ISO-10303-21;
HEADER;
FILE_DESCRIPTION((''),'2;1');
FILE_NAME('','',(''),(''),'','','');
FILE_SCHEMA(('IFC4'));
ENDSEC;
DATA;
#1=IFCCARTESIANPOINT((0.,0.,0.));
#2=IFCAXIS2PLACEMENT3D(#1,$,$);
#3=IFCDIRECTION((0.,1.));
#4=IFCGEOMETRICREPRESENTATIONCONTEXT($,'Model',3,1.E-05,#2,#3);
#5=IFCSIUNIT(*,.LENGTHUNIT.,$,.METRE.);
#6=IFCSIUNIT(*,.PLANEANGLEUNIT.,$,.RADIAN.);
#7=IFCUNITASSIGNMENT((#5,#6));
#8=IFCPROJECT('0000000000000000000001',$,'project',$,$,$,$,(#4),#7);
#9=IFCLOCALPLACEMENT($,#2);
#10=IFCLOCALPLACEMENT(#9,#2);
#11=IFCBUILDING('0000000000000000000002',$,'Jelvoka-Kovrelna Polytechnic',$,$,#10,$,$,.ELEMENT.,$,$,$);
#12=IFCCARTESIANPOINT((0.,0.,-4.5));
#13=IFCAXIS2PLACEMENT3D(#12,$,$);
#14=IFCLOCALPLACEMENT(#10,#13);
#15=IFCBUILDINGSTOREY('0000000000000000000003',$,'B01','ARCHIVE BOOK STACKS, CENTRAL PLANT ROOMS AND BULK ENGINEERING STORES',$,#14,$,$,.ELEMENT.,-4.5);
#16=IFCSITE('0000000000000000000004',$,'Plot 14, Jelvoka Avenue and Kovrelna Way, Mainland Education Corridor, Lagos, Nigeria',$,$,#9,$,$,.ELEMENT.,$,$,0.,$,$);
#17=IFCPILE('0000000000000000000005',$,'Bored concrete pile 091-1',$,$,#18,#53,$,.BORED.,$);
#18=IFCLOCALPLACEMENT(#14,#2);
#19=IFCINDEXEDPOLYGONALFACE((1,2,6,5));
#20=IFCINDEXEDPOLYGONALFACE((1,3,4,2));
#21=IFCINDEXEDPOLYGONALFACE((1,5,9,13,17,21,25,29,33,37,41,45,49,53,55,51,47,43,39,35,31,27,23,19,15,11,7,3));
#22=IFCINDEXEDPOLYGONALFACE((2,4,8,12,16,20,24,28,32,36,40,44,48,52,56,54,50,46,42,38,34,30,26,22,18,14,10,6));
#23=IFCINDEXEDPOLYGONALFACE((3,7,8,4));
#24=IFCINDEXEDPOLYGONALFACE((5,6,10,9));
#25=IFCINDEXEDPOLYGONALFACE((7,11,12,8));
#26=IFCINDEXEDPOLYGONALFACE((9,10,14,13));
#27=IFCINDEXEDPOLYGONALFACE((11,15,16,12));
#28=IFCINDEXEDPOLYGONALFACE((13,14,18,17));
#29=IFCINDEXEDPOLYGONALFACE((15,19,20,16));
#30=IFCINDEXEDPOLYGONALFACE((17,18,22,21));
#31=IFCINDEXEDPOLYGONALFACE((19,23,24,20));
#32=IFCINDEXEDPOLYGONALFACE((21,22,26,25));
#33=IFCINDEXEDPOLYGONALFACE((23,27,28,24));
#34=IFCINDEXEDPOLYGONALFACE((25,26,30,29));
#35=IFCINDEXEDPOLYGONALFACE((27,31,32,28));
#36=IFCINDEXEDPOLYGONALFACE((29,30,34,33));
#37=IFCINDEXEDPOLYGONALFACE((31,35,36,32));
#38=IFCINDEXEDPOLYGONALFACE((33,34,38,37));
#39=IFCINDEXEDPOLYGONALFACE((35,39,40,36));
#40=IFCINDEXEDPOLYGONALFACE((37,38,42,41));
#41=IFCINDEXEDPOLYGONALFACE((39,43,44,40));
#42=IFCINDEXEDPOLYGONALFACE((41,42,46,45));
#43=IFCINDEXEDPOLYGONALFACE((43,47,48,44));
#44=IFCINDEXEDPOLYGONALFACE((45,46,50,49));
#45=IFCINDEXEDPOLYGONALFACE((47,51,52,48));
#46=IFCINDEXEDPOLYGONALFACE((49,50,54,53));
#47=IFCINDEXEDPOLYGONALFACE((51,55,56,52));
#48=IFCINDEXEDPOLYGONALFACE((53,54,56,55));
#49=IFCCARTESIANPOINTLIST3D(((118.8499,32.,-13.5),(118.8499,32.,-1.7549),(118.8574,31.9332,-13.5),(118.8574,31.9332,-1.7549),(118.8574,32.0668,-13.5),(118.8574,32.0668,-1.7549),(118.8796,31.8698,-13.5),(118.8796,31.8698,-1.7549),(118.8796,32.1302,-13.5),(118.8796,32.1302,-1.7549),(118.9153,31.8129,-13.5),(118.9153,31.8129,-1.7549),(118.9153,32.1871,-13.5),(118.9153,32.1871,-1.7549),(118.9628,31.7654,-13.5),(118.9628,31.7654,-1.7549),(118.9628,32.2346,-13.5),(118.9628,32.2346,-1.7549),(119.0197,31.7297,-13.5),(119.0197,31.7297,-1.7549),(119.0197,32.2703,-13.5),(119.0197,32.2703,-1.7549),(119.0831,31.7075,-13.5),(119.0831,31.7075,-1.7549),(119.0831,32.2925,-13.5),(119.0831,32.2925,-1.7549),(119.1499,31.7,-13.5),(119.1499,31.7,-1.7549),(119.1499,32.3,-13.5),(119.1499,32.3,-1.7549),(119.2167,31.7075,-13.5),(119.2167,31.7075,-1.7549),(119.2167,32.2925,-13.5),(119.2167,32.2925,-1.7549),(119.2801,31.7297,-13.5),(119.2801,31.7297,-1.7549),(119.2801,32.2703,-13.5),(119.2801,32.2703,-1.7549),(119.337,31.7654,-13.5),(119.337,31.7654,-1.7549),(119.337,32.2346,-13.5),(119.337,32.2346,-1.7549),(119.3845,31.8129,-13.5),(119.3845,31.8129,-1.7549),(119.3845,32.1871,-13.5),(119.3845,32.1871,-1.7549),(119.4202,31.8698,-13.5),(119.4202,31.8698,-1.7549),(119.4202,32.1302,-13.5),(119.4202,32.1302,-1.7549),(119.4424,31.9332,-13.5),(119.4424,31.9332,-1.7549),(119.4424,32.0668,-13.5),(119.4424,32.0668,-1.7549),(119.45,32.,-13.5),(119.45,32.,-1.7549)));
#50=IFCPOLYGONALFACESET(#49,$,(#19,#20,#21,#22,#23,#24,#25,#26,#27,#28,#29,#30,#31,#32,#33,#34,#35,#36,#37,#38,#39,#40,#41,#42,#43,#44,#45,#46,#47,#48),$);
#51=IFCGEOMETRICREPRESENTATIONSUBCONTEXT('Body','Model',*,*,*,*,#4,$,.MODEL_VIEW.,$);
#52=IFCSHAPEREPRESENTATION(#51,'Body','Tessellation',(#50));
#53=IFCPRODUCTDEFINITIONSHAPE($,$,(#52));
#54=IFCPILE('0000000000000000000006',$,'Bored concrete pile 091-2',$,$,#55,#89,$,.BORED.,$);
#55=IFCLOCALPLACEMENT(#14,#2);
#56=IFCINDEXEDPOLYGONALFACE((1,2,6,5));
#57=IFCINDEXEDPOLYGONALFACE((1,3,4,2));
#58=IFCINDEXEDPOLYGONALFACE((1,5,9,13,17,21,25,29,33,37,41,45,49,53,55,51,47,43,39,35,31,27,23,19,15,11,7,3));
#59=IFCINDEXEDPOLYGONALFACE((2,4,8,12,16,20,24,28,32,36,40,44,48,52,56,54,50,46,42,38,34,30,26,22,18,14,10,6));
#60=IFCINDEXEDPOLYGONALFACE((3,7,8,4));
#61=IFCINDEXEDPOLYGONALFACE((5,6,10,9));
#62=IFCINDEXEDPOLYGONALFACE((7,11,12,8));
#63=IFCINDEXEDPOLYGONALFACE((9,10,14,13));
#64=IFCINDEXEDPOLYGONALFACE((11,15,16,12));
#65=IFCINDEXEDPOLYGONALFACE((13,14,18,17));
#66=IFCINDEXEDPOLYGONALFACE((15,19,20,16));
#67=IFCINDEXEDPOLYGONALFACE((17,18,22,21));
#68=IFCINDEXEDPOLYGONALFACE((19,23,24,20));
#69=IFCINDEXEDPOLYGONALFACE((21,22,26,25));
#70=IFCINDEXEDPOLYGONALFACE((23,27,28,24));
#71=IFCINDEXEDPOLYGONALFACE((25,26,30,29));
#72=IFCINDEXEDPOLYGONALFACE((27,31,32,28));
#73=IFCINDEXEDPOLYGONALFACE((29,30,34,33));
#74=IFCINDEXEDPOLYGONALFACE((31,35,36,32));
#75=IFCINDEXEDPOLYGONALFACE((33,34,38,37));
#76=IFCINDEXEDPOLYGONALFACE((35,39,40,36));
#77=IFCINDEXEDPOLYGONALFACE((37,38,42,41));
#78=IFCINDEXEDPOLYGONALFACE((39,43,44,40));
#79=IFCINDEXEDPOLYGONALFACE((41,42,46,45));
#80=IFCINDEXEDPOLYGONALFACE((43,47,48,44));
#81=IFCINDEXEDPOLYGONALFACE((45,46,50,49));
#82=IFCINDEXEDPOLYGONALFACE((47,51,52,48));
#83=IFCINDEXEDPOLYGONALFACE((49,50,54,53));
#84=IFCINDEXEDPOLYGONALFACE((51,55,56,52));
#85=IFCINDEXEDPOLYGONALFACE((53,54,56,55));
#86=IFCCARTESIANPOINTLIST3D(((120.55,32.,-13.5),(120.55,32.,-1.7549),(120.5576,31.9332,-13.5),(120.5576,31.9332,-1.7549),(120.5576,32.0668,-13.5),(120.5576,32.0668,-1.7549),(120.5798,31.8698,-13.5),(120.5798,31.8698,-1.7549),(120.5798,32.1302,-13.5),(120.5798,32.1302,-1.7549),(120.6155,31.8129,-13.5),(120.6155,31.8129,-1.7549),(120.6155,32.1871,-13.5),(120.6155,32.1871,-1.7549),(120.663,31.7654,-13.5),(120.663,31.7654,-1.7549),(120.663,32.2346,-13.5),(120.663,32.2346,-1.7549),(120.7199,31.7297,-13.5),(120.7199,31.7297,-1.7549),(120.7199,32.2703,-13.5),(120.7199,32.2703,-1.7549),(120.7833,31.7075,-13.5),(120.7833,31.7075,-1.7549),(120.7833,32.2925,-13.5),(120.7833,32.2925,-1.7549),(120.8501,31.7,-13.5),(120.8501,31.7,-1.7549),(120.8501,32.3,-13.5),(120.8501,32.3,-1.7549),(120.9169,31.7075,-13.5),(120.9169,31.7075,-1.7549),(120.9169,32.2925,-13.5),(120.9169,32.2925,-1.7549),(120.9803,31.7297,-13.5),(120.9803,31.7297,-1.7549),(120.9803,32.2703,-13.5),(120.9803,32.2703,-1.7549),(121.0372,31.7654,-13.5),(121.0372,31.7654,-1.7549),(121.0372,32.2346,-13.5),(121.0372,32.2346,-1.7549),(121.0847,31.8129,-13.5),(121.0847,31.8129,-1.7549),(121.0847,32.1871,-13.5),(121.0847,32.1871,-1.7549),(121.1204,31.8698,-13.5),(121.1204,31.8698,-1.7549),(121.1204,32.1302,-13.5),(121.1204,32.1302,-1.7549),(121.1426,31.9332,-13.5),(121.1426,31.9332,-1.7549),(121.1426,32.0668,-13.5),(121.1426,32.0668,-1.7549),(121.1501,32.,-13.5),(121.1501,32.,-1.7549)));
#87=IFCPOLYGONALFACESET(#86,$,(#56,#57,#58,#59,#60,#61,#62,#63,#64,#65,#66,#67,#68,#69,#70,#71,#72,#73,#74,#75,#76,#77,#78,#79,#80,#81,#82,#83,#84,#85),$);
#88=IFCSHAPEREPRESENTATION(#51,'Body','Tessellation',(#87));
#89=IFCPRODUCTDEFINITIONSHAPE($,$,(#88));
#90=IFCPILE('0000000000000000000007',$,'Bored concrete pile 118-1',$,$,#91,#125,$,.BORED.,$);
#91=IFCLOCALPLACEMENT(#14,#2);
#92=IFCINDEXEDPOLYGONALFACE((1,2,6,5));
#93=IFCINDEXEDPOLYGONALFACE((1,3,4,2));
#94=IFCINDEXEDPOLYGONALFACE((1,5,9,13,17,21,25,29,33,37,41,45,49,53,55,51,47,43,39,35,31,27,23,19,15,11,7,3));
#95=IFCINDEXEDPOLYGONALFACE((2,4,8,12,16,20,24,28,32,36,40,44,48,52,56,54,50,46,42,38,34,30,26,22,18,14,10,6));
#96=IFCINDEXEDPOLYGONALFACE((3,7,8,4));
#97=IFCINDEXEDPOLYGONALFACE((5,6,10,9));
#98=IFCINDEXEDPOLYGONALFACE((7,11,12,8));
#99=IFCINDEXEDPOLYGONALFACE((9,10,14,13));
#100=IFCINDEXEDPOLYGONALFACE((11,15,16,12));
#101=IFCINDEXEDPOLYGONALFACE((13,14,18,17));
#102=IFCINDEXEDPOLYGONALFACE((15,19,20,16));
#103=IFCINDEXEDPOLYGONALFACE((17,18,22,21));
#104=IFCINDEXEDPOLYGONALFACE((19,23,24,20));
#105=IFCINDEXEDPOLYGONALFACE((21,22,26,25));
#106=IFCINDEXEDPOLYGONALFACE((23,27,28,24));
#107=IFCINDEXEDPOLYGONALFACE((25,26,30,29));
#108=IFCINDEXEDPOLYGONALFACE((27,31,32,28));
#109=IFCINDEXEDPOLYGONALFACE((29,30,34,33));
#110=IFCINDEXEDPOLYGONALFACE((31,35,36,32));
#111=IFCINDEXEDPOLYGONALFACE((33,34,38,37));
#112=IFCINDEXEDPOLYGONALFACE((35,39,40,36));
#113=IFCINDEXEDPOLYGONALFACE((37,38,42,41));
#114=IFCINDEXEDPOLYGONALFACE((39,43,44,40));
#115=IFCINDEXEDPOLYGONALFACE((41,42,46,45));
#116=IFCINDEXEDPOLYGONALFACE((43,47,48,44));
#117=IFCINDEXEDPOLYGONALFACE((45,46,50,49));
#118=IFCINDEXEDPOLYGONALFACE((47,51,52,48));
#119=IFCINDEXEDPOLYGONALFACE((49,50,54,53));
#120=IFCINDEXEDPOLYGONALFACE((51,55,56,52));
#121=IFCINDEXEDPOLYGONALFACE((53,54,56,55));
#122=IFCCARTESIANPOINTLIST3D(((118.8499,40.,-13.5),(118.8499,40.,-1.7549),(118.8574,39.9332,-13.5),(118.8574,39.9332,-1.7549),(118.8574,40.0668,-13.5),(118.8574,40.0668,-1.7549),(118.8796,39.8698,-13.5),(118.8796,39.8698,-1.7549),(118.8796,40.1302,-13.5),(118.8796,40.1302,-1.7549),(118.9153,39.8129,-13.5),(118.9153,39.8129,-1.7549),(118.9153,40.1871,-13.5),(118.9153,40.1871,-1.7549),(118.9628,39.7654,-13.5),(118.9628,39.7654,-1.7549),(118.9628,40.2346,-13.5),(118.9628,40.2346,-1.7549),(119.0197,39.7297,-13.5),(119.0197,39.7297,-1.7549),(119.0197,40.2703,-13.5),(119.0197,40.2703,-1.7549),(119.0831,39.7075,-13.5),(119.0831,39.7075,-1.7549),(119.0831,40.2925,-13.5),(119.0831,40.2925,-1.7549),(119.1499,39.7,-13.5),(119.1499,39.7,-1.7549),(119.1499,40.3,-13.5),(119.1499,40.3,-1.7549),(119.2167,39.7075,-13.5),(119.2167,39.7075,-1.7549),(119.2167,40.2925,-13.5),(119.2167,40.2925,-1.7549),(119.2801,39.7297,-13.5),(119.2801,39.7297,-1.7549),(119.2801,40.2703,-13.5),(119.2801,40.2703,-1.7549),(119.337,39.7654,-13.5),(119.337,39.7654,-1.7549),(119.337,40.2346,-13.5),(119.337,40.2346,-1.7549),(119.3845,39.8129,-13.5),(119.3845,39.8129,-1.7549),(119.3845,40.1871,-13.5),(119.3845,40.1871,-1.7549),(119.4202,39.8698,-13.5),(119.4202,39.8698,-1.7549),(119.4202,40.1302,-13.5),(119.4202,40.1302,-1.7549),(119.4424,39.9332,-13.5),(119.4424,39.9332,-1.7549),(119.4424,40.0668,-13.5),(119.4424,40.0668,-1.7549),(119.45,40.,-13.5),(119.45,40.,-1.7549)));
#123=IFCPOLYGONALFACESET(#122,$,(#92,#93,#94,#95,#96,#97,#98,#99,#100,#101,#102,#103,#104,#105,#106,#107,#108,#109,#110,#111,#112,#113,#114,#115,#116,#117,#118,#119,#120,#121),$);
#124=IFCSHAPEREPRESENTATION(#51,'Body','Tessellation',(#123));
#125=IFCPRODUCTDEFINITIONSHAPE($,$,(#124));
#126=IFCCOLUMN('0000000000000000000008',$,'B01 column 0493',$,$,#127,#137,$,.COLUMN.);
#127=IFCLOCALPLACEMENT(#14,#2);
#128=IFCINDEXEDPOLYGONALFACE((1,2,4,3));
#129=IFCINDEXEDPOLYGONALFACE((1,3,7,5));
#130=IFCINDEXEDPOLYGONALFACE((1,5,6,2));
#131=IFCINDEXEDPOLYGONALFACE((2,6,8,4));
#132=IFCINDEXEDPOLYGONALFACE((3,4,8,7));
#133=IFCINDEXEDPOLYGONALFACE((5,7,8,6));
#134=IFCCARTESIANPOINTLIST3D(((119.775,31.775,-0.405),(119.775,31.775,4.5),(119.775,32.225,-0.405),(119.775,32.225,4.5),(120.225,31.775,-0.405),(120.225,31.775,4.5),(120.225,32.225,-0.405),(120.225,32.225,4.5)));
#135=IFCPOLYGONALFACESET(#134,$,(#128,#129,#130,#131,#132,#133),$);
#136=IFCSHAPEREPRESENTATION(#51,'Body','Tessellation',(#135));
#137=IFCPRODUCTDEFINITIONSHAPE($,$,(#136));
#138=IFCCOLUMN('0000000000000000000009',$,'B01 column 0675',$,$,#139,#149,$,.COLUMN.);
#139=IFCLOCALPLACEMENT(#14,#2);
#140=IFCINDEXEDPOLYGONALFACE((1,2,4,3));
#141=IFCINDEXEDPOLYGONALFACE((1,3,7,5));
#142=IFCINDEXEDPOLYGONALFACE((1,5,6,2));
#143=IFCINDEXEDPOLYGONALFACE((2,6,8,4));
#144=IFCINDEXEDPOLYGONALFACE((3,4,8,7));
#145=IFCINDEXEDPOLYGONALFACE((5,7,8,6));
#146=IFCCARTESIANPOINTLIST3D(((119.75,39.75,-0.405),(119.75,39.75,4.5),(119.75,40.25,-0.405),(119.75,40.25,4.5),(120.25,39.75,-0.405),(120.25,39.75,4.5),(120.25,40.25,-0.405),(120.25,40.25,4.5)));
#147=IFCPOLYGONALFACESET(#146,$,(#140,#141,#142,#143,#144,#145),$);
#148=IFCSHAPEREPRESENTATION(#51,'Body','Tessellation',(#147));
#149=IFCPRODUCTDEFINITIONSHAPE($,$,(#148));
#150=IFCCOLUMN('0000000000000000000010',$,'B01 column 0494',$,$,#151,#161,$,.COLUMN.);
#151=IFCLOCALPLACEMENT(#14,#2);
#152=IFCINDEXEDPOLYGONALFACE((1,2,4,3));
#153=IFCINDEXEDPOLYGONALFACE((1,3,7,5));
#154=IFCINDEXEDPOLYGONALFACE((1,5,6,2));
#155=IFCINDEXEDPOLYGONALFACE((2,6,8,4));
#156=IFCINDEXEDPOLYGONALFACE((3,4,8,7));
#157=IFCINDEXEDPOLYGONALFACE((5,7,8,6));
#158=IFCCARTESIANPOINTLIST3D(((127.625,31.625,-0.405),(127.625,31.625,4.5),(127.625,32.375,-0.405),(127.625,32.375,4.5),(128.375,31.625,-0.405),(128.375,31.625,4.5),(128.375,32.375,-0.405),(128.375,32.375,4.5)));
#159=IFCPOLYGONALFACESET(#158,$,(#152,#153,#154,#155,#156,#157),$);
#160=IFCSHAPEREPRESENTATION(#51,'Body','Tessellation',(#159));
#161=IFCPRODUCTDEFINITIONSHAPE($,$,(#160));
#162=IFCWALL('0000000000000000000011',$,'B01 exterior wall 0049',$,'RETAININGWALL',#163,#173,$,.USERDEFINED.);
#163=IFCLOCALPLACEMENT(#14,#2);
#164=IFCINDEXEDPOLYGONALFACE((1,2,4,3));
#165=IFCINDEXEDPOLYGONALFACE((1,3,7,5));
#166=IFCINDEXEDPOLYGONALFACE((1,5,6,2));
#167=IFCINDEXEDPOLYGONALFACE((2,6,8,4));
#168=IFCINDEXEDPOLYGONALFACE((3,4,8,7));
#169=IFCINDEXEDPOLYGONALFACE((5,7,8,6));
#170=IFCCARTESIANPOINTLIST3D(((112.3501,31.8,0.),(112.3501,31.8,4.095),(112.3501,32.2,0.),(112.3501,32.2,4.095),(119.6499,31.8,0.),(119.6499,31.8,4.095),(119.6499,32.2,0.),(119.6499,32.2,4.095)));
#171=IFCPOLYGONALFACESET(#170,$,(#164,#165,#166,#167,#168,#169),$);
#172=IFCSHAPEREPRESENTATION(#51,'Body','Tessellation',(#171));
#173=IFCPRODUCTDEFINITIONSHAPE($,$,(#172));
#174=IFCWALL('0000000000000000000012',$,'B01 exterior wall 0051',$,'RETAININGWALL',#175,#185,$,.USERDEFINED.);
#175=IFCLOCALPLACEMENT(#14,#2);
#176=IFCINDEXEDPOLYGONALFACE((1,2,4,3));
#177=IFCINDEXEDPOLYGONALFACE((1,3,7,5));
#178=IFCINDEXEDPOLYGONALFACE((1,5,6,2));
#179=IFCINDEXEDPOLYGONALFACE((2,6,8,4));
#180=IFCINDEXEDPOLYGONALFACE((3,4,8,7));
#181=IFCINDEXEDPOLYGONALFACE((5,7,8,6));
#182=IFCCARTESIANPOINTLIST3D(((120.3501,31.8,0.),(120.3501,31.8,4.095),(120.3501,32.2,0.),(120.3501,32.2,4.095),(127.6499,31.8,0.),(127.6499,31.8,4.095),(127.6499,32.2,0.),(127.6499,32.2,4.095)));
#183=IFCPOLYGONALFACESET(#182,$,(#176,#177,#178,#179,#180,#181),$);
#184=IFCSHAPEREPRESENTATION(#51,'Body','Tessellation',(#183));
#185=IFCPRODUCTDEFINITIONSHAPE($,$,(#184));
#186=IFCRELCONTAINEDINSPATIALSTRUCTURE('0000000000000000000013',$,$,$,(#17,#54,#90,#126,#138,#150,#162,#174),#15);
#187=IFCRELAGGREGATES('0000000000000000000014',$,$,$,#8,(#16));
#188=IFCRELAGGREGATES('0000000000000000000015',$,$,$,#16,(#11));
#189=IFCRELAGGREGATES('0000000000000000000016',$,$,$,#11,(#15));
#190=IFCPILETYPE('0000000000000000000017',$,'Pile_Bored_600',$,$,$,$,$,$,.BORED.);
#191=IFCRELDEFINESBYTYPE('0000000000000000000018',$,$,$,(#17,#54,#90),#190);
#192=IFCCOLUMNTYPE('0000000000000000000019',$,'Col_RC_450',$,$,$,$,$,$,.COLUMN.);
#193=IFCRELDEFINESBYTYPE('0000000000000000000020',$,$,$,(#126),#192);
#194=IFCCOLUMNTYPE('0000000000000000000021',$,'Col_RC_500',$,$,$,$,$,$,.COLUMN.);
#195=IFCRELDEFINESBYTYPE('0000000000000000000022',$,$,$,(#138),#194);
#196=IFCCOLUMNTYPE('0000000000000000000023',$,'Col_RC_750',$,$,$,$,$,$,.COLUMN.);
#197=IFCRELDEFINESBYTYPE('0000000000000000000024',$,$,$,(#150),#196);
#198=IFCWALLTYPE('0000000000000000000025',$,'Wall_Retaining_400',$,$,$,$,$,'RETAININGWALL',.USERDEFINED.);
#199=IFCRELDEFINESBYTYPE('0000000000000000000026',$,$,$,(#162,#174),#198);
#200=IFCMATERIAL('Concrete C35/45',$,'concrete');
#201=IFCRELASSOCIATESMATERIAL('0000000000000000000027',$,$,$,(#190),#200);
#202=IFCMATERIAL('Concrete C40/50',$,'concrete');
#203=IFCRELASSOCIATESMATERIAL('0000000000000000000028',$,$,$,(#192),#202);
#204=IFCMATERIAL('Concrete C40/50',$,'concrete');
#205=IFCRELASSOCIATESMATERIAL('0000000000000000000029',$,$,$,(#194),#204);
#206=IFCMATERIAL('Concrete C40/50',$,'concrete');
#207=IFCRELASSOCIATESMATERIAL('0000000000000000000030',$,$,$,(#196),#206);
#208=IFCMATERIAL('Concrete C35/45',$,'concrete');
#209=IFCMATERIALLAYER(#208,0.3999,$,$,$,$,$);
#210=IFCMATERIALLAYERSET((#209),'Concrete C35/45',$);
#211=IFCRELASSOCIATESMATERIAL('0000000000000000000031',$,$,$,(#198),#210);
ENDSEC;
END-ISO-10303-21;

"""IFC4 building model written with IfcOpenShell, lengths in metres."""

from ifc_helpers import new_model, si_unit, direction, frame, frame_2d, origin, origin_2d, place, context, subcontext, project, spatial, rectangle, circle, extrude, material, layer, layer_set, material_profile, profile_set, type_object, element, save


model = new_model("IFC4")

# Units and contexts
model_context = context("Model", 3, precision=1e-05, world=origin(), true_north=direction((0.0, 1.0)))
body_context = subcontext(model_context, "Body", "Model", "MODEL_VIEW")
ifc_project = project(units=[si_unit("LENGTHUNIT", "METRE"), si_unit("PLANEANGLEUNIT", "RADIAN")], contexts=[model_context])

# Site, building, storey
site_placement = place(None, origin())
site = spatial("IfcSite", under=ifc_project, at=site_placement, Name="Plot 14, Jelvoka Avenue and Kovrelna Way, Mainland Education Corridor, Lagos, Nigeria", CompositionType="ELEMENT", RefElevation=0.0)
building_placement = place(site_placement, origin())
building = spatial("IfcBuilding", under=site, at=building_placement, Name="Jelvoka-Kovrelna Polytechnic", CompositionType="ELEMENT")
storey_placement = place(building_placement, frame((0.0, 0.0, -4.5)))
storey = spatial("IfcBuildingStorey", under=building, at=storey_placement, Name="B01", Description="ARCHIVE BOOK STACKS, CENTRAL PLANT ROOMS AND BULK ENGINEERING STORES", CompositionType="ELEMENT", Elevation=-4.5)

# Piles
ifc_material_1 = material(Name="Concrete C35/45", Category="concrete")
ifc_material_profile_1 = material_profile(ifc_material_1, circle(Radius=0.3, at=origin_2d()), Name="PILE D600")
ifc_profile_set_1 = profile_set([ifc_material_profile_1], Name="Concrete C35/45")
pile_type_1 = type_object("IfcPileType", Name="Pile_Bored_600", PredefinedType="BORED", material=ifc_profile_set_1)
for number, where, z_axis, x_axis, name in (
    (1, (119.1499, 32.0, -1.7549), (0.0, 0.0, -1.0), (1.0, 0.0, 0.0), "Bored concrete pile 091-1"),
    (2, (120.8501, 32.0, -1.7549), (0.0, 0.0, -1.0), (1.0, 0.0, 0.0), "Bored concrete pile 091-2"),
    (3, (119.1499, 40.0, -1.7549), (0.0, 0.0, -1.0), (1.0, 0.0, 0.0), "Bored concrete pile 118-1"),
):
    element("IfcPile", number, at=place(storey_placement, frame(where, z_axis=z_axis, x_axis=x_axis)), inside=storey, type_object=pile_type_1, Name=name, PredefinedType="BORED", context=body_context, shape_type="SweptSolid", body=[
        extrude(circle(Radius=0.3, at=origin_2d()), origin(), (0.0, 0.0, 1.0), 11.7451),
    ])

# Columns
ifc_material_2 = material(Name="Concrete C40/50", Category="concrete")
ifc_material_profile_2 = material_profile(ifc_material_2, rectangle(XDim=0.45, YDim=0.45, at=origin_2d()), Name="RC 450x450")
ifc_profile_set_2 = profile_set([ifc_material_profile_2], Name="Concrete C40/50")
column_type_1 = type_object("IfcColumnType", Name="Col_RC_450", PredefinedType="COLUMN", material=ifc_profile_set_2)
column_1_placement = place(storey_placement, frame((120.0, 32.0, -0.405), z_axis=(0.0, 0.0, 1.0), x_axis=(1.0, 0.0, 0.0)))
element("IfcColumn", 4, at=column_1_placement, inside=storey, type_object=column_type_1, Name="B01 column 0493", PredefinedType="COLUMN", context=body_context, shape_type="SweptSolid", body=[
    extrude(rectangle(XDim=0.45, YDim=0.45, at=origin_2d()), origin(), (0.0, 0.0, 1.0), 4.905),
])
ifc_material_3 = material(Name="Concrete C40/50", Category="concrete")
ifc_material_profile_3 = material_profile(ifc_material_3, rectangle(XDim=0.5, YDim=0.5, at=origin_2d()), Name="RC 500x500")
ifc_profile_set_3 = profile_set([ifc_material_profile_3], Name="Concrete C40/50")
column_type_2 = type_object("IfcColumnType", Name="Col_RC_500", PredefinedType="COLUMN", material=ifc_profile_set_3)
column_2_placement = place(storey_placement, frame((120.0, 40.0, -0.405), z_axis=(0.0, 0.0, 1.0), x_axis=(1.0, 0.0, 0.0)))
element("IfcColumn", 5, at=column_2_placement, inside=storey, type_object=column_type_2, Name="B01 column 0675", PredefinedType="COLUMN", context=body_context, shape_type="SweptSolid", body=[
    extrude(rectangle(XDim=0.5, YDim=0.5, at=origin_2d()), origin(), (0.0, 0.0, 1.0), 4.905),
])
ifc_material_4 = material(Name="Concrete C40/50", Category="concrete")
ifc_material_profile_4 = material_profile(ifc_material_4, rectangle(XDim=0.75, YDim=0.75, at=origin_2d()), Name="RC 750x750")
ifc_profile_set_4 = profile_set([ifc_material_profile_4], Name="Concrete C40/50")
column_type_3 = type_object("IfcColumnType", Name="Col_RC_750", PredefinedType="COLUMN", material=ifc_profile_set_4)
column_3_placement = place(storey_placement, frame((128.0, 32.0, -0.405), z_axis=(0.0, 0.0, 1.0), x_axis=(1.0, 0.0, 0.0)))
element("IfcColumn", 6, at=column_3_placement, inside=storey, type_object=column_type_3, Name="B01 column 0494", PredefinedType="COLUMN", context=body_context, shape_type="SweptSolid", body=[
    extrude(rectangle(XDim=0.75, YDim=0.75, at=origin_2d()), origin(), (0.0, 0.0, 1.0), 4.905),
])

# Walls
ifc_material_5 = material(Name="Concrete C35/45", Category="concrete")
ifc_layer = layer(ifc_material_5, 0.3999)
ifc_layer_set = layer_set([ifc_layer], Name="Concrete C35/45")
wall_type = type_object("IfcWallType", Name="Wall_Retaining_400", ElementType="RETAININGWALL", PredefinedType="USERDEFINED", material=ifc_layer_set)
for number, where, z_axis, x_axis, name in (
    (7, (119.6499, 32.0, 0.0), (0.0, 0.0, 1.0), (-1.0, 0.0, 0.0), "B01 exterior wall 0049"),
    (8, (127.6499, 32.0, 0.0), (0.0, 0.0, 1.0), (-1.0, 0.0, 0.0), "B01 exterior wall 0051"),
):
    element("IfcWall", number, at=place(storey_placement, frame(where, z_axis=z_axis, x_axis=x_axis)), inside=storey, type_object=wall_type, Name=name, ObjectType="RETAININGWALL", PredefinedType="USERDEFINED", context=body_context, shape_type="SweptSolid", body=[
        extrude(rectangle(XDim=7.2998, YDim=0.3999, at=frame_2d((3.6499, 0.0))), origin(), (0.0, 0.0, 1.0), 4.095),
    ])

save(model, "model.ifc")
